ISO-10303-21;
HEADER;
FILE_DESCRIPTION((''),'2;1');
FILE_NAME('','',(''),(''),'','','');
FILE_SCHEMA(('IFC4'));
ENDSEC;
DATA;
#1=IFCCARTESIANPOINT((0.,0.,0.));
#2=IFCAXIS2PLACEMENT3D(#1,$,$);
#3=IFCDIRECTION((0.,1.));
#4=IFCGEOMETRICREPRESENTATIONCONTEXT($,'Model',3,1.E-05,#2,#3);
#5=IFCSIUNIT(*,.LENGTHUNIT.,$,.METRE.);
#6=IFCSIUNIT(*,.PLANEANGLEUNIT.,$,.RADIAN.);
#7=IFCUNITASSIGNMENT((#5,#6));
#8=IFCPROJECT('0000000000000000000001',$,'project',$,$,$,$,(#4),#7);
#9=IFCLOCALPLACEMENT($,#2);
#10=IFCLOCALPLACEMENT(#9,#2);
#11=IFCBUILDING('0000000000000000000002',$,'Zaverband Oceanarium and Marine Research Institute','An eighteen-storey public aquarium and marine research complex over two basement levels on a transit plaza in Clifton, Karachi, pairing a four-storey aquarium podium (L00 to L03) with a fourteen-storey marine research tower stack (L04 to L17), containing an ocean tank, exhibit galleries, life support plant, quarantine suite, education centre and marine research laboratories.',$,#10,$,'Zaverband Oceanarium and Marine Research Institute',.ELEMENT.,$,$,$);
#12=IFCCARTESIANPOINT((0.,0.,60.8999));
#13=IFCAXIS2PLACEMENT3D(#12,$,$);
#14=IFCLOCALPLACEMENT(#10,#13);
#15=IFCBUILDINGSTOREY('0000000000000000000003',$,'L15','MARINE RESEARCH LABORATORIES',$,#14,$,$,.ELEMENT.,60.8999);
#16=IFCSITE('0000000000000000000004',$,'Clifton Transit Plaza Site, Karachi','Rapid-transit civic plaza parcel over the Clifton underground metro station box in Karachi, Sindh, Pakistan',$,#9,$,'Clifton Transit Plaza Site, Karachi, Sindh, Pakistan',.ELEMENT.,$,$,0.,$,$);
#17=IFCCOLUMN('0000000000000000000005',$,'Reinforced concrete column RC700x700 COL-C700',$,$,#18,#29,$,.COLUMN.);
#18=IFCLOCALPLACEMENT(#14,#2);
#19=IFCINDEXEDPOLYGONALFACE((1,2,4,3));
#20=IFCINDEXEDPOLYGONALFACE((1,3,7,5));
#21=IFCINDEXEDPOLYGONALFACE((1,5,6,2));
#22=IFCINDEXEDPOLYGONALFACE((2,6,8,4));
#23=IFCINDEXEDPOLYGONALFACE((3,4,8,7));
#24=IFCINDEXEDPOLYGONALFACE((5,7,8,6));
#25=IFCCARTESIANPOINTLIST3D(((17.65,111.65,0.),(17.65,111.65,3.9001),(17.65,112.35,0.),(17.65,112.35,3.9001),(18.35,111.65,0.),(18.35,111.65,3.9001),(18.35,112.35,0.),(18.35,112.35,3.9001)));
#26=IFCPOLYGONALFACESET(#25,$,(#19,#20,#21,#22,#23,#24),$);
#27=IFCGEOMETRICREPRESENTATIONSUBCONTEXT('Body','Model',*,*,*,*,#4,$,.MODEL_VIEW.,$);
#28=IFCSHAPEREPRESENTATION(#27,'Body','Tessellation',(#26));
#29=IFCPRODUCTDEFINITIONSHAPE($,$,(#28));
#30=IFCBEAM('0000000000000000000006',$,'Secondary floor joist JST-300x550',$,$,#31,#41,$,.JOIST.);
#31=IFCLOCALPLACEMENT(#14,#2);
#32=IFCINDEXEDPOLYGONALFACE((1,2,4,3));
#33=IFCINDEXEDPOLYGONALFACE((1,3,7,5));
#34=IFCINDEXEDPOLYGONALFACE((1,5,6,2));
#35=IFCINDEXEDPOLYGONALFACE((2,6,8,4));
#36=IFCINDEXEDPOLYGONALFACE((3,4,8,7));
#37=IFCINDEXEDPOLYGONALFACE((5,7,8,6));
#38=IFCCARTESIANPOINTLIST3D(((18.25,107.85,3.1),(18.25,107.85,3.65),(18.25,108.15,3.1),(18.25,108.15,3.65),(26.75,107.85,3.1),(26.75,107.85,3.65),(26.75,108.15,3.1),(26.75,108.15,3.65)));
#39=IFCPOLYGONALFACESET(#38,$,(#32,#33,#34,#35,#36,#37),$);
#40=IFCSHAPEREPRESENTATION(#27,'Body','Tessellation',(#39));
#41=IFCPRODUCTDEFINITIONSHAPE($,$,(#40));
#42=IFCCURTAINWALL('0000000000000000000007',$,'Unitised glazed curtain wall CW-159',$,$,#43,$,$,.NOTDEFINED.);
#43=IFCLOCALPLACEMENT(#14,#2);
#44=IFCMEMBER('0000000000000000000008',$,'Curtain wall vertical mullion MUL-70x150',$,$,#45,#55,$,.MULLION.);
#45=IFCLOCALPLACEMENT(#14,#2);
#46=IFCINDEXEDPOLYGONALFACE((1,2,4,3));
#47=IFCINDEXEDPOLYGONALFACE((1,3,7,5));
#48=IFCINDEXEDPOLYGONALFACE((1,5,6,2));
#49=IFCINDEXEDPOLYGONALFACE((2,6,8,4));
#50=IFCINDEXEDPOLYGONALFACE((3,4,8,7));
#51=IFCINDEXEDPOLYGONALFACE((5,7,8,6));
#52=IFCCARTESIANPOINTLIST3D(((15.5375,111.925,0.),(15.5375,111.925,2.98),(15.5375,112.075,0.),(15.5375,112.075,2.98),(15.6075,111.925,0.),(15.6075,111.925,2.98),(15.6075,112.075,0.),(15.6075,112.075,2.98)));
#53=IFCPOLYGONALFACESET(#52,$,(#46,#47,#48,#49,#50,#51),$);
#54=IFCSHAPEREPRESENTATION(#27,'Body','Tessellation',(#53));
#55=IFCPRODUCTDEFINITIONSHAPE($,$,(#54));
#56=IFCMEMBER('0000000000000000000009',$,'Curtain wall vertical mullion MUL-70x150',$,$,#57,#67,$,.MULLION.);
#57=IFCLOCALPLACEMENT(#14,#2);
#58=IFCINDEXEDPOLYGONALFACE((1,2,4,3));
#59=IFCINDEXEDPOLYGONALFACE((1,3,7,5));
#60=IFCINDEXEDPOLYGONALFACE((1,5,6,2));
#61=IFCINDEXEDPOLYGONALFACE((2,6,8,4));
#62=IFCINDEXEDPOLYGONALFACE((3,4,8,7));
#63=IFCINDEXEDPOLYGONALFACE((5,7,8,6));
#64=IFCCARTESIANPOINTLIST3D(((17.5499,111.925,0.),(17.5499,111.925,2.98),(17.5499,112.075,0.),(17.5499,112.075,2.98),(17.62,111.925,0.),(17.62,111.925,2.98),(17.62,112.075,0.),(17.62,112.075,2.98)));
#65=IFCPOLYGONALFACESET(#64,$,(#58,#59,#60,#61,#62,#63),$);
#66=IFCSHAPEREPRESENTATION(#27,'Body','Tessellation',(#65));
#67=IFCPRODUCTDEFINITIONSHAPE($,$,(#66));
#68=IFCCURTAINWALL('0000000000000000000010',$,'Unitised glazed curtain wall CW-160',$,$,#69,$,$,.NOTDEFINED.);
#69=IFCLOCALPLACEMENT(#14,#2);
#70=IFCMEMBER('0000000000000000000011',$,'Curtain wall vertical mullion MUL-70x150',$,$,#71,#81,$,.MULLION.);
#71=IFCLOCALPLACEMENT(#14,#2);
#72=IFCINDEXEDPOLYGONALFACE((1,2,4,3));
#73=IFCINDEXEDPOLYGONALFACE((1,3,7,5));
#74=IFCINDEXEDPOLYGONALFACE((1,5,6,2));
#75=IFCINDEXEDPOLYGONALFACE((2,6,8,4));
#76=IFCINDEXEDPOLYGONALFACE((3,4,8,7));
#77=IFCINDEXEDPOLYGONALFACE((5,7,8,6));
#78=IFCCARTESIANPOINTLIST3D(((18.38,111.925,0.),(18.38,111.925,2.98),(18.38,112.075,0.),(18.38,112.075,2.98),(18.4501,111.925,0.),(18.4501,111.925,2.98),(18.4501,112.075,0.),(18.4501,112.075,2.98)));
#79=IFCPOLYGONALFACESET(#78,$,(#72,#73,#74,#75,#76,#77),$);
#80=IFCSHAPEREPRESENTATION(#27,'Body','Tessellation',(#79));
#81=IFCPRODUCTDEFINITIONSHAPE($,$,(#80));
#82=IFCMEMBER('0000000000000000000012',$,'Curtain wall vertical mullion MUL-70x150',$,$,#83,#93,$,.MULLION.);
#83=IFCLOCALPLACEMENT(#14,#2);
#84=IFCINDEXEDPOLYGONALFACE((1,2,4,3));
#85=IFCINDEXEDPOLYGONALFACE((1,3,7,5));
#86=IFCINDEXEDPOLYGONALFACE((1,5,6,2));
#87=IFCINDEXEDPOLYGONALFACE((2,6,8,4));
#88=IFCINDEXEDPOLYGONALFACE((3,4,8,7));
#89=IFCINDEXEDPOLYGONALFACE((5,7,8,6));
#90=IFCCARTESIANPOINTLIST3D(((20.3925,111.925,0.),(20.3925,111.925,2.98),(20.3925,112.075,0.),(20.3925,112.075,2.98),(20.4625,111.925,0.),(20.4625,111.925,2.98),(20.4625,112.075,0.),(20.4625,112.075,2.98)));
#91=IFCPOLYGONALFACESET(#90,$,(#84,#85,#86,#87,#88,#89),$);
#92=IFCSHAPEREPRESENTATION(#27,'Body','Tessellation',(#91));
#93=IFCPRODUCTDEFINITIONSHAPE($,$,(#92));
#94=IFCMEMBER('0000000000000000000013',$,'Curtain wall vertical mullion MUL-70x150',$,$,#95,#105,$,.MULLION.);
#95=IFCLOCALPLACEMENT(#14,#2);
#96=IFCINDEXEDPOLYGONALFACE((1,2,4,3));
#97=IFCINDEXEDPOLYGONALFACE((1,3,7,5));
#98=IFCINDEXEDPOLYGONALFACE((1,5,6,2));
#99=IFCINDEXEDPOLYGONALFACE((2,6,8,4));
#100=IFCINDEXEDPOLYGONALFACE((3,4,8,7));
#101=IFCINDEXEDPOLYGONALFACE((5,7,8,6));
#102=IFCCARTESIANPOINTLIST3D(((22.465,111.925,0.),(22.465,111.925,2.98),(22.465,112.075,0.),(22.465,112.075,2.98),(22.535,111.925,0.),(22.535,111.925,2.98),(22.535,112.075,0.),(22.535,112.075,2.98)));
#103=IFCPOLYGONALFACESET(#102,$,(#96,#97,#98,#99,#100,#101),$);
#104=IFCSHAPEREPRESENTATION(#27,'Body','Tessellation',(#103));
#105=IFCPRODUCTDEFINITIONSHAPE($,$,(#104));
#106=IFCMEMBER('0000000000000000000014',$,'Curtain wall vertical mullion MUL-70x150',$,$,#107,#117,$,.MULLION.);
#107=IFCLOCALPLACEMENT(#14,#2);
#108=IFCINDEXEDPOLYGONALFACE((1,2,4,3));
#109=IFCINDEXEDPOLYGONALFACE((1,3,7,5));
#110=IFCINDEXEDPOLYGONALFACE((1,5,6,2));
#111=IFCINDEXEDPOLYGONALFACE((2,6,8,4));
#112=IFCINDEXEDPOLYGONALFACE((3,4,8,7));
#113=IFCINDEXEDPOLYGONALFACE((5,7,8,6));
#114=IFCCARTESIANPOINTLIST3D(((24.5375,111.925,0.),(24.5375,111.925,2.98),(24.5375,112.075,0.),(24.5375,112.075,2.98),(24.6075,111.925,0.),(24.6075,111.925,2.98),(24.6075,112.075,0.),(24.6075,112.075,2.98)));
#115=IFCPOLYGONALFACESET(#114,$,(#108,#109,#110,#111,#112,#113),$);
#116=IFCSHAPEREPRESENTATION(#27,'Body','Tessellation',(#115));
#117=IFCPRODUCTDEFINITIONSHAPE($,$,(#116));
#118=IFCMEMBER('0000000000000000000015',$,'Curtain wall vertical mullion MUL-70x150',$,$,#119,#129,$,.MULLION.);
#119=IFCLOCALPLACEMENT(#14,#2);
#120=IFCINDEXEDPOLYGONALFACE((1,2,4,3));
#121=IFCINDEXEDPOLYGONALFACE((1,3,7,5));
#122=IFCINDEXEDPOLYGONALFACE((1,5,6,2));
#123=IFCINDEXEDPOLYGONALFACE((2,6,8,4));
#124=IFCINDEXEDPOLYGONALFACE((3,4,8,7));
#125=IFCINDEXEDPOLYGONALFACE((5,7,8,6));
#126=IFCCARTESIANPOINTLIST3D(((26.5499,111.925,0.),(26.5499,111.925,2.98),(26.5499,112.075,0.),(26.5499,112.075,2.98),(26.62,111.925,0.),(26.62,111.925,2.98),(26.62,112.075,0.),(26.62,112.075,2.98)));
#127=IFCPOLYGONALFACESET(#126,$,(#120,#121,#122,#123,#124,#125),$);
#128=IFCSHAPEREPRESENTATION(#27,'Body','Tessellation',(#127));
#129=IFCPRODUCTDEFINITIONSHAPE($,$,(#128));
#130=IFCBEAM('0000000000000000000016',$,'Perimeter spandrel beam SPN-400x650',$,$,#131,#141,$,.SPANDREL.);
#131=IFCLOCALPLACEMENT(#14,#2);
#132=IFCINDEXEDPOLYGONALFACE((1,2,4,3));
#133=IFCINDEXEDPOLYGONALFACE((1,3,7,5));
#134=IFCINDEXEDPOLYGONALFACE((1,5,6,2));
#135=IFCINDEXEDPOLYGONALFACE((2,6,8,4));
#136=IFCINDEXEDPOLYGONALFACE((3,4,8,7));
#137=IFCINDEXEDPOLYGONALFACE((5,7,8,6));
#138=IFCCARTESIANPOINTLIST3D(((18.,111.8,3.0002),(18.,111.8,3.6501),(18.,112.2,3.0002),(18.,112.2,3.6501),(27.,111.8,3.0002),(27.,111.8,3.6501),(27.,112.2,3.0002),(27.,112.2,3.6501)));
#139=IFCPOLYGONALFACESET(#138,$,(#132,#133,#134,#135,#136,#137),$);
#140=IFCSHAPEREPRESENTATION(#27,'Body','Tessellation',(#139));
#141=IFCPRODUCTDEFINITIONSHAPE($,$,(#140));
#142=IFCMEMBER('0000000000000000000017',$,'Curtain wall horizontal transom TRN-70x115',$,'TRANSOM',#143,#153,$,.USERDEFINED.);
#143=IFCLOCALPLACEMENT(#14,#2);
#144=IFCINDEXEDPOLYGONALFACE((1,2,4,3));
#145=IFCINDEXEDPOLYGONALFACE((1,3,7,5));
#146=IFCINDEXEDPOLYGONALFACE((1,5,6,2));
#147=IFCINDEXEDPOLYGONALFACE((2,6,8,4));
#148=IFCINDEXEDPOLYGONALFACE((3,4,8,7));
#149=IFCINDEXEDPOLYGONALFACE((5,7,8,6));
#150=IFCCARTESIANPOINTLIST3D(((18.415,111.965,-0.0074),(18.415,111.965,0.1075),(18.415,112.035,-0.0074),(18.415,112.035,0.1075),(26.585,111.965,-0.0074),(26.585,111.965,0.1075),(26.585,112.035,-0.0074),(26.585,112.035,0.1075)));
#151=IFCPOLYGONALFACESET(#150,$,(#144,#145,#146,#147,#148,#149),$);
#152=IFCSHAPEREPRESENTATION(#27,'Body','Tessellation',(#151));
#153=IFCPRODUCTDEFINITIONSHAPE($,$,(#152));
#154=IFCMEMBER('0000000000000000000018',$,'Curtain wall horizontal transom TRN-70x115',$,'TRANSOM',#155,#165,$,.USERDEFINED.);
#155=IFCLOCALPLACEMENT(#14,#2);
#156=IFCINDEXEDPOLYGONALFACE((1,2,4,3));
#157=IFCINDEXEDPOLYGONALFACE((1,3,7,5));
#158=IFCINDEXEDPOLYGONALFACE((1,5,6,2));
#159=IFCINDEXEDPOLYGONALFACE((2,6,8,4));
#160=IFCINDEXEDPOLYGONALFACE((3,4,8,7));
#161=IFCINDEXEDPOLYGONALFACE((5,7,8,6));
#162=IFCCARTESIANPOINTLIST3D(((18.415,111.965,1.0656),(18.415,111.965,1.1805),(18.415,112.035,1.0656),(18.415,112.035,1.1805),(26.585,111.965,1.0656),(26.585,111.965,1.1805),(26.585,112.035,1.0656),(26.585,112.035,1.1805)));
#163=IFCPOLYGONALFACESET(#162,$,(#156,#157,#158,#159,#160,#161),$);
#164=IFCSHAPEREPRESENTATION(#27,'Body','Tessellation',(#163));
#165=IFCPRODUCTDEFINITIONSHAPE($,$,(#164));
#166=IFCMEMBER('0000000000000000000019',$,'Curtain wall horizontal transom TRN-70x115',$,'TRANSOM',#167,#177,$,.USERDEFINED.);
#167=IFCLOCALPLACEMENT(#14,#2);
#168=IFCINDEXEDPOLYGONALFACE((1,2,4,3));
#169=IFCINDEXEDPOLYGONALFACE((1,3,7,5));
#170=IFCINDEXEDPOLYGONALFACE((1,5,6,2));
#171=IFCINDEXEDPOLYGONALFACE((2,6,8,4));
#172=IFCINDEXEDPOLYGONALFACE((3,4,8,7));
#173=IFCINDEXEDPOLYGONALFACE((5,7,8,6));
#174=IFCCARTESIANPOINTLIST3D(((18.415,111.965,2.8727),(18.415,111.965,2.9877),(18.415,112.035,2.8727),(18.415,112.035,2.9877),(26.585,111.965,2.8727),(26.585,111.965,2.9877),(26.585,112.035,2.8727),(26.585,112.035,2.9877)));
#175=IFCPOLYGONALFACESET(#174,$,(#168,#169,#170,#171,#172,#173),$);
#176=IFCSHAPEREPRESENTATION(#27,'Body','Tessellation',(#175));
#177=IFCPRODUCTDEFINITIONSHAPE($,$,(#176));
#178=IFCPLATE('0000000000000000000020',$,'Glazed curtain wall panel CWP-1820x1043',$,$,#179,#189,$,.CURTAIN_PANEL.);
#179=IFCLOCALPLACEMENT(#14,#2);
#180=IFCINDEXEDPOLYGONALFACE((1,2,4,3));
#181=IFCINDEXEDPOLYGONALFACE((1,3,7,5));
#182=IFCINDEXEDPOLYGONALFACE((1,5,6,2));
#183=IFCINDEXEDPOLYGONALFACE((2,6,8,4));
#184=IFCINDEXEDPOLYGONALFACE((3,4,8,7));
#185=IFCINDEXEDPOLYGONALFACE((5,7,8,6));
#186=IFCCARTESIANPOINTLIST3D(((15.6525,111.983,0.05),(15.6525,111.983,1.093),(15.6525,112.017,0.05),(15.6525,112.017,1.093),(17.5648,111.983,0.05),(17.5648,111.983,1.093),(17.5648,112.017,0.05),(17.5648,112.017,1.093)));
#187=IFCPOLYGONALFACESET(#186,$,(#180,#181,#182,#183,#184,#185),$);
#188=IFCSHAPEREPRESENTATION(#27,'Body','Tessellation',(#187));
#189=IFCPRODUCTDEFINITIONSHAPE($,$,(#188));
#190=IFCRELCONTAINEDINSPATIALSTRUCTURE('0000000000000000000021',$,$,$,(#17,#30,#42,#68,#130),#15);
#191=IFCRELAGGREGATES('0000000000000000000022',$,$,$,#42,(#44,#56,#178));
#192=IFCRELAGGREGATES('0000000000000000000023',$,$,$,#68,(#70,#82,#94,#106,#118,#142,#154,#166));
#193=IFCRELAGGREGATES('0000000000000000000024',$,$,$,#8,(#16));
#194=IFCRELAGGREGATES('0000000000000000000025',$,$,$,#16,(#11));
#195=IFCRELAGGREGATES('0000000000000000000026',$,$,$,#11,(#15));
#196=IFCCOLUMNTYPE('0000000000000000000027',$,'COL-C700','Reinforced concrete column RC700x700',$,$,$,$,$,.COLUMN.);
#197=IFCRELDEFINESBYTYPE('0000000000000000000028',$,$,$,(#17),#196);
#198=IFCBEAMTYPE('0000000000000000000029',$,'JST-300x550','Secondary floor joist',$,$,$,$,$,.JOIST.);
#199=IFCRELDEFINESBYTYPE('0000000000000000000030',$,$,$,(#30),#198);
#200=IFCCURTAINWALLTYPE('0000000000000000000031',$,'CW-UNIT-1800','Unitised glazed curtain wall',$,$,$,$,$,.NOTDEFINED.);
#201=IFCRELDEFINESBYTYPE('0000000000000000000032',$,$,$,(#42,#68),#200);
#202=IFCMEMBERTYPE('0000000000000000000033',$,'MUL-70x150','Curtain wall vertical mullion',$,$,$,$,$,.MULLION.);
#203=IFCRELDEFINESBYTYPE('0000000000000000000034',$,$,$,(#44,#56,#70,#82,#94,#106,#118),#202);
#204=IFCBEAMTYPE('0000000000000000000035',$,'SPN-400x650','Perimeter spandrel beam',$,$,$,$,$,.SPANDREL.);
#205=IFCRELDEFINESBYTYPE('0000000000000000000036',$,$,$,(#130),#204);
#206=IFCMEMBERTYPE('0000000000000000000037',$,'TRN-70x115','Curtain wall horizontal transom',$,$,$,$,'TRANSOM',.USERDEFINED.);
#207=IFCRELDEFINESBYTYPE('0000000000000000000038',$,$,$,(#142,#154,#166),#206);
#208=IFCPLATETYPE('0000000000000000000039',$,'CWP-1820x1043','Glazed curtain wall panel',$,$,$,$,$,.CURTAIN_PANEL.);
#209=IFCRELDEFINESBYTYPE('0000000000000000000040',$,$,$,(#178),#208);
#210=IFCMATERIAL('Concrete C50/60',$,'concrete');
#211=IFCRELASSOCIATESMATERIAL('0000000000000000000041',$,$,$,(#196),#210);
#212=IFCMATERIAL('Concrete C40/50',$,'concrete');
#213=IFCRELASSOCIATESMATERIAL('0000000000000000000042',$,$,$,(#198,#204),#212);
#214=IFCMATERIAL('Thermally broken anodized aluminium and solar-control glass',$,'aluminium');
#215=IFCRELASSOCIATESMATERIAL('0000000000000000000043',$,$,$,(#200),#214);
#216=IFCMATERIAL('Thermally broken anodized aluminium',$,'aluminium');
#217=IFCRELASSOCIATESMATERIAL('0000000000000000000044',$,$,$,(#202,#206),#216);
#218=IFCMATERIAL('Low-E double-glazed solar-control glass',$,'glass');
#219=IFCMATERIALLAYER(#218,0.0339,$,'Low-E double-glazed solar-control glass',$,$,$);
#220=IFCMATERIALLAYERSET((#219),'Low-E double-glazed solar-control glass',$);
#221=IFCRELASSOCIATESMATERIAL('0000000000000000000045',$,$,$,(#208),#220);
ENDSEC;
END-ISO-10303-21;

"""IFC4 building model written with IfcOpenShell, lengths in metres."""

from ifc_helpers import new_model, si_unit, direction, frame, frame_2d, origin, origin_2d, place, context, subcontext, project, spatial, rectangle, extrude, material, layer, layer_set, material_profile, profile_set, type_object, element, aggregate, save


model = new_model("IFC4")

# Units and contexts
model_context = context("Model", 3, precision=1e-05, world=origin(), true_north=direction((0.0, 1.0)))
body_context = subcontext(model_context, "Body", "Model", "MODEL_VIEW")
ifc_project = project(units=[si_unit("LENGTHUNIT", "METRE"), si_unit("PLANEANGLEUNIT", "RADIAN")], contexts=[model_context])

# Site, building, storey
site_placement = place(None, origin())
site = spatial("IfcSite", under=ifc_project, at=site_placement, Name="Clifton Transit Plaza Site, Karachi", Description="Rapid-transit civic plaza parcel over the Clifton underground metro station box in Karachi, Sindh, Pakistan", LongName="Clifton Transit Plaza Site, Karachi, Sindh, Pakistan", CompositionType="ELEMENT", RefElevation=0.0)
building_placement = place(site_placement, origin())
building = spatial("IfcBuilding", under=site, at=building_placement, Name="Zaverband Oceanarium and Marine Research Institute", Description="An eighteen-storey public aquarium and marine research complex over two basement levels on a transit plaza in Clifton, Karachi, pairing a four-storey aquarium podium (L00 to L03) with a fourteen-storey marine research tower stack (L04 to L17), containing an ocean tank, exhibit galleries, life support plant, quarantine suite, education centre and marine research laboratories.", LongName="Zaverband Oceanarium and Marine Research Institute", CompositionType="ELEMENT")
storey_placement = place(building_placement, frame((0.0, 0.0, 60.8999)))
storey = spatial("IfcBuildingStorey", under=building, at=storey_placement, Name="L15", Description="MARINE RESEARCH LABORATORIES", CompositionType="ELEMENT", Elevation=60.8999)

# Column
ifc_material_1 = material(Name="Concrete C50/60", Category="concrete")
ifc_material_profile_1 = material_profile(ifc_material_1, rectangle(XDim=0.7, YDim=0.7, at=origin_2d()), Name="RC700x700")
ifc_profile_set_1 = profile_set([ifc_material_profile_1], Name="Concrete C50/60")
column_type = type_object("IfcColumnType", Name="COL-C700", Description="Reinforced concrete column RC700x700", PredefinedType="COLUMN", material=ifc_profile_set_1)
column_placement = place(storey_placement, frame((18.0, 112.0, 0.0), z_axis=(0.0, 0.0, 1.0), x_axis=(1.0, 0.0, 0.0)))
element("IfcColumn", 1, at=column_placement, inside=storey, type_object=column_type, Name="Reinforced concrete column RC700x700 COL-C700", PredefinedType="COLUMN", context=body_context, shape_type="SweptSolid", body=[
    extrude(rectangle(XDim=0.7, YDim=0.7, at=origin_2d()), origin(), (0.0, 0.0, 1.0), 3.9001),
])

# Beam
ifc_material_2 = material(Name="Concrete C40/50", Category="concrete")
ifc_material_profile_2 = material_profile(ifc_material_2, rectangle(XDim=0.3, YDim=0.55, at=origin_2d()), Name="RC300x550")
ifc_profile_set_2 = profile_set([ifc_material_profile_2], Name="Concrete C40/50")
beam_type_1 = type_object("IfcBeamType", Name="JST-300x550", Description="Secondary floor joist", PredefinedType="JOIST", material=ifc_profile_set_2)
beam_1_placement = place(storey_placement, frame((18.25, 108.0, 3.375), z_axis=(1.0, 0.0, 0.0), x_axis=(0.0, 1.0, 0.0)))
element("IfcBeam", 2, at=beam_1_placement, inside=storey, type_object=beam_type_1, Name="Secondary floor joist JST-300x550", PredefinedType="JOIST", context=body_context, shape_type="SweptSolid", body=[
    extrude(rectangle(XDim=0.3, YDim=0.55, at=origin_2d()), origin(), (0.0, 0.0, 1.0), 8.5),
])

# Curtain walls, members
ifc_material_3 = material(Name="Thermally broken anodized aluminium and solar-control glass", Category="aluminium")
curtain_wall_type = type_object("IfcCurtainWallType", Name="CW-UNIT-1800", Description="Unitised glazed curtain wall", PredefinedType="NOTDEFINED", material=ifc_material_3)
curtain_wall_1_placement = place(storey_placement, origin())
curtain_wall_1 = element("IfcCurtainWall", 3, at=curtain_wall_1_placement, inside=storey, type_object=curtain_wall_type, Name="Unitised glazed curtain wall CW-159", PredefinedType="NOTDEFINED")
ifc_material_4 = material(Name="Thermally broken anodized aluminium", Category="aluminium")
ifc_material_profile_3 = material_profile(ifc_material_4, rectangle(XDim=0.0701, YDim=0.1499, at=origin_2d()), Name="AL-MUL-70x150")
ifc_profile_set_3 = profile_set([ifc_material_profile_3], Name="Thermally broken anodized aluminium")
member_type_1 = type_object("IfcMemberType", Name="MUL-70x150", Description="Curtain wall vertical mullion", PredefinedType="MULLION", material=ifc_profile_set_3)
member_1_placement = place(storey_placement, frame((15.5725, 112.0, 0.0), z_axis=(0.0, 0.0, 1.0), x_axis=(1.0, 0.0, 0.0)))
member_1 = element("IfcMember", 4, at=member_1_placement, type_object=member_type_1, Name="Curtain wall vertical mullion MUL-70x150", PredefinedType="MULLION", context=body_context, shape_type="SweptSolid", body=[
    extrude(rectangle(XDim=0.0701, YDim=0.1499, at=origin_2d()), origin(), (0.0, 0.0, 1.0), 2.98),
])
member_2_placement = place(storey_placement, frame((17.585, 112.0, 0.0), z_axis=(0.0, 0.0, 1.0), x_axis=(1.0, 0.0, 0.0)))
member_2 = element("IfcMember", 5, at=member_2_placement, type_object=member_type_1, Name="Curtain wall vertical mullion MUL-70x150", PredefinedType="MULLION", context=body_context, shape_type="SweptSolid", body=[
    extrude(rectangle(XDim=0.0701, YDim=0.1499, at=origin_2d()), origin(), (0.0, 0.0, 1.0), 2.98),
])
curtain_wall_2_placement = place(storey_placement, origin())
curtain_wall_2 = element("IfcCurtainWall", 6, at=curtain_wall_2_placement, inside=storey, type_object=curtain_wall_type, Name="Unitised glazed curtain wall CW-160", PredefinedType="NOTDEFINED")
member_3_placement = place(storey_placement, frame((18.415, 112.0, 0.0), z_axis=(0.0, 0.0, 1.0), x_axis=(1.0, 0.0, 0.0)))
member_3 = element("IfcMember", 7, at=member_3_placement, type_object=member_type_1, Name="Curtain wall vertical mullion MUL-70x150", PredefinedType="MULLION", context=body_context, shape_type="SweptSolid", body=[
    extrude(rectangle(XDim=0.0701, YDim=0.1499, at=origin_2d()), origin(), (0.0, 0.0, 1.0), 2.98),
])
member_4_placement = place(storey_placement, frame((20.4275, 112.0, 0.0), z_axis=(0.0, 0.0, 1.0), x_axis=(1.0, 0.0, 0.0)))
member_4 = element("IfcMember", 8, at=member_4_placement, type_object=member_type_1, Name="Curtain wall vertical mullion MUL-70x150", PredefinedType="MULLION", context=body_context, shape_type="SweptSolid", body=[
    extrude(rectangle(XDim=0.0701, YDim=0.1499, at=origin_2d()), origin(), (0.0, 0.0, 1.0), 2.98),
])
member_5_placement = place(storey_placement, frame((22.5, 112.0, 0.0), z_axis=(0.0, 0.0, 1.0), x_axis=(1.0, 0.0, 0.0)))
member_5 = element("IfcMember", 9, at=member_5_placement, type_object=member_type_1, Name="Curtain wall vertical mullion MUL-70x150", PredefinedType="MULLION", context=body_context, shape_type="SweptSolid", body=[
    extrude(rectangle(XDim=0.0701, YDim=0.1499, at=origin_2d()), origin(), (0.0, 0.0, 1.0), 2.98),
])
member_6_placement = place(storey_placement, frame((24.5725, 112.0, 0.0), z_axis=(0.0, 0.0, 1.0), x_axis=(1.0, 0.0, 0.0)))
member_6 = element("IfcMember", 10, at=member_6_placement, type_object=member_type_1, Name="Curtain wall vertical mullion MUL-70x150", PredefinedType="MULLION", context=body_context, shape_type="SweptSolid", body=[
    extrude(rectangle(XDim=0.0701, YDim=0.1499, at=origin_2d()), origin(), (0.0, 0.0, 1.0), 2.98),
])
member_7_placement = place(storey_placement, frame((26.585, 112.0, 0.0), z_axis=(0.0, 0.0, 1.0), x_axis=(1.0, 0.0, 0.0)))
member_7 = element("IfcMember", 11, at=member_7_placement, type_object=member_type_1, Name="Curtain wall vertical mullion MUL-70x150", PredefinedType="MULLION", context=body_context, shape_type="SweptSolid", body=[
    extrude(rectangle(XDim=0.0701, YDim=0.1499, at=origin_2d()), origin(), (0.0, 0.0, 1.0), 2.98),
])

# Beam
ifc_material_profile_4 = material_profile(ifc_material_2, rectangle(XDim=0.3999, YDim=0.6499, at=origin_2d()), Name="RC400x650")
ifc_profile_set_4 = profile_set([ifc_material_profile_4], Name="Concrete C40/50")
beam_type_2 = type_object("IfcBeamType", Name="SPN-400x650", Description="Perimeter spandrel beam", PredefinedType="SPANDREL", material=ifc_profile_set_4)
beam_2_placement = place(storey_placement, frame((18.0, 112.0, 3.3252), z_axis=(1.0, 0.0, 0.0), x_axis=(0.0, 1.0, 0.0)))
element("IfcBeam", 12, at=beam_2_placement, inside=storey, type_object=beam_type_2, Name="Perimeter spandrel beam SPN-400x650", PredefinedType="SPANDREL", context=body_context, shape_type="SweptSolid", body=[
    extrude(rectangle(XDim=0.3999, YDim=0.6499, at=origin_2d()), origin(), (0.0, 0.0, 1.0), 9.0),
])

# Members
ifc_material_profile_5 = material_profile(ifc_material_4, rectangle(XDim=0.0701, YDim=0.115, at=origin_2d()), Name="AL-TRN-70x115")
ifc_profile_set_5 = profile_set([ifc_material_profile_5], Name="Thermally broken anodized aluminium")
member_type_2 = type_object("IfcMemberType", Name="TRN-70x115", Description="Curtain wall horizontal transom", ElementType="TRANSOM", PredefinedType="USERDEFINED", material=ifc_profile_set_5)
member_8_placement = place(storey_placement, frame((18.415, 112.0, 0.05), z_axis=(1.0, 0.0, 0.0), x_axis=(0.0, 1.0, 0.0)))
member_8 = element("IfcMember", 13, at=member_8_placement, type_object=member_type_2, Name="Curtain wall horizontal transom TRN-70x115", ObjectType="TRANSOM", PredefinedType="USERDEFINED", context=body_context, shape_type="SweptSolid", body=[
    extrude(rectangle(XDim=0.0701, YDim=0.115, at=origin_2d()), origin(), (0.0, 0.0, 1.0), 8.1699),
])
member_9_placement = place(storey_placement, frame((18.415, 112.0, 1.123), z_axis=(1.0, 0.0, 0.0), x_axis=(0.0, 1.0, 0.0)))
member_9 = element("IfcMember", 14, at=member_9_placement, type_object=member_type_2, Name="Curtain wall horizontal transom TRN-70x115", ObjectType="TRANSOM", PredefinedType="USERDEFINED", context=body_context, shape_type="SweptSolid", body=[
    extrude(rectangle(XDim=0.0701, YDim=0.115, at=origin_2d()), origin(), (0.0, 0.0, 1.0), 8.1699),
])
member_10_placement = place(storey_placement, frame((18.415, 112.0, 2.9302), z_axis=(1.0, 0.0, 0.0), x_axis=(0.0, 1.0, 0.0)))
member_10 = element("IfcMember", 15, at=member_10_placement, type_object=member_type_2, Name="Curtain wall horizontal transom TRN-70x115", ObjectType="TRANSOM", PredefinedType="USERDEFINED", context=body_context, shape_type="SweptSolid", body=[
    extrude(rectangle(XDim=0.0701, YDim=0.115, at=origin_2d()), origin(), (0.0, 0.0, 1.0), 8.1699),
])

# Plate
ifc_material_5 = material(Name="Low-E double-glazed solar-control glass", Category="glass")
ifc_layer_1 = layer(ifc_material_5, 0.0339, Name="Low-E double-glazed solar-control glass")
ifc_layer_set_1 = layer_set([ifc_layer_1], Name="Low-E double-glazed solar-control glass")
plate_type_1 = type_object("IfcPlateType", Name="CWP-1820x1043", Description="Glazed curtain wall panel", PredefinedType="CURTAIN_PANEL", material=ifc_layer_set_1)
plate_1_placement = place(storey_placement, frame((15.6526, 112.0, 0.05), z_axis=(0.0, 0.0, 1.0), x_axis=(1.0, 0.0, 0.0)))
plate_1 = element("IfcPlate", 16, at=plate_1_placement, type_object=plate_type_1, Name="Glazed curtain wall panel CWP-1820x1043", PredefinedType="CURTAIN_PANEL", context=body_context, shape_type="SweptSolid", body=[
    extrude(rectangle(XDim=1.9124, YDim=0.0339, at=frame_2d((0.9561, 0.0))), origin(), (0.0, 0.0, 1.0), 1.043),
])
aggregate(curtain_wall_1, [member_1, member_2, plate_1])
aggregate(curtain_wall_2, [member_3, member_4, member_5, member_6, member_7, member_8, member_9, member_10])

save(model, "model.ifc")
